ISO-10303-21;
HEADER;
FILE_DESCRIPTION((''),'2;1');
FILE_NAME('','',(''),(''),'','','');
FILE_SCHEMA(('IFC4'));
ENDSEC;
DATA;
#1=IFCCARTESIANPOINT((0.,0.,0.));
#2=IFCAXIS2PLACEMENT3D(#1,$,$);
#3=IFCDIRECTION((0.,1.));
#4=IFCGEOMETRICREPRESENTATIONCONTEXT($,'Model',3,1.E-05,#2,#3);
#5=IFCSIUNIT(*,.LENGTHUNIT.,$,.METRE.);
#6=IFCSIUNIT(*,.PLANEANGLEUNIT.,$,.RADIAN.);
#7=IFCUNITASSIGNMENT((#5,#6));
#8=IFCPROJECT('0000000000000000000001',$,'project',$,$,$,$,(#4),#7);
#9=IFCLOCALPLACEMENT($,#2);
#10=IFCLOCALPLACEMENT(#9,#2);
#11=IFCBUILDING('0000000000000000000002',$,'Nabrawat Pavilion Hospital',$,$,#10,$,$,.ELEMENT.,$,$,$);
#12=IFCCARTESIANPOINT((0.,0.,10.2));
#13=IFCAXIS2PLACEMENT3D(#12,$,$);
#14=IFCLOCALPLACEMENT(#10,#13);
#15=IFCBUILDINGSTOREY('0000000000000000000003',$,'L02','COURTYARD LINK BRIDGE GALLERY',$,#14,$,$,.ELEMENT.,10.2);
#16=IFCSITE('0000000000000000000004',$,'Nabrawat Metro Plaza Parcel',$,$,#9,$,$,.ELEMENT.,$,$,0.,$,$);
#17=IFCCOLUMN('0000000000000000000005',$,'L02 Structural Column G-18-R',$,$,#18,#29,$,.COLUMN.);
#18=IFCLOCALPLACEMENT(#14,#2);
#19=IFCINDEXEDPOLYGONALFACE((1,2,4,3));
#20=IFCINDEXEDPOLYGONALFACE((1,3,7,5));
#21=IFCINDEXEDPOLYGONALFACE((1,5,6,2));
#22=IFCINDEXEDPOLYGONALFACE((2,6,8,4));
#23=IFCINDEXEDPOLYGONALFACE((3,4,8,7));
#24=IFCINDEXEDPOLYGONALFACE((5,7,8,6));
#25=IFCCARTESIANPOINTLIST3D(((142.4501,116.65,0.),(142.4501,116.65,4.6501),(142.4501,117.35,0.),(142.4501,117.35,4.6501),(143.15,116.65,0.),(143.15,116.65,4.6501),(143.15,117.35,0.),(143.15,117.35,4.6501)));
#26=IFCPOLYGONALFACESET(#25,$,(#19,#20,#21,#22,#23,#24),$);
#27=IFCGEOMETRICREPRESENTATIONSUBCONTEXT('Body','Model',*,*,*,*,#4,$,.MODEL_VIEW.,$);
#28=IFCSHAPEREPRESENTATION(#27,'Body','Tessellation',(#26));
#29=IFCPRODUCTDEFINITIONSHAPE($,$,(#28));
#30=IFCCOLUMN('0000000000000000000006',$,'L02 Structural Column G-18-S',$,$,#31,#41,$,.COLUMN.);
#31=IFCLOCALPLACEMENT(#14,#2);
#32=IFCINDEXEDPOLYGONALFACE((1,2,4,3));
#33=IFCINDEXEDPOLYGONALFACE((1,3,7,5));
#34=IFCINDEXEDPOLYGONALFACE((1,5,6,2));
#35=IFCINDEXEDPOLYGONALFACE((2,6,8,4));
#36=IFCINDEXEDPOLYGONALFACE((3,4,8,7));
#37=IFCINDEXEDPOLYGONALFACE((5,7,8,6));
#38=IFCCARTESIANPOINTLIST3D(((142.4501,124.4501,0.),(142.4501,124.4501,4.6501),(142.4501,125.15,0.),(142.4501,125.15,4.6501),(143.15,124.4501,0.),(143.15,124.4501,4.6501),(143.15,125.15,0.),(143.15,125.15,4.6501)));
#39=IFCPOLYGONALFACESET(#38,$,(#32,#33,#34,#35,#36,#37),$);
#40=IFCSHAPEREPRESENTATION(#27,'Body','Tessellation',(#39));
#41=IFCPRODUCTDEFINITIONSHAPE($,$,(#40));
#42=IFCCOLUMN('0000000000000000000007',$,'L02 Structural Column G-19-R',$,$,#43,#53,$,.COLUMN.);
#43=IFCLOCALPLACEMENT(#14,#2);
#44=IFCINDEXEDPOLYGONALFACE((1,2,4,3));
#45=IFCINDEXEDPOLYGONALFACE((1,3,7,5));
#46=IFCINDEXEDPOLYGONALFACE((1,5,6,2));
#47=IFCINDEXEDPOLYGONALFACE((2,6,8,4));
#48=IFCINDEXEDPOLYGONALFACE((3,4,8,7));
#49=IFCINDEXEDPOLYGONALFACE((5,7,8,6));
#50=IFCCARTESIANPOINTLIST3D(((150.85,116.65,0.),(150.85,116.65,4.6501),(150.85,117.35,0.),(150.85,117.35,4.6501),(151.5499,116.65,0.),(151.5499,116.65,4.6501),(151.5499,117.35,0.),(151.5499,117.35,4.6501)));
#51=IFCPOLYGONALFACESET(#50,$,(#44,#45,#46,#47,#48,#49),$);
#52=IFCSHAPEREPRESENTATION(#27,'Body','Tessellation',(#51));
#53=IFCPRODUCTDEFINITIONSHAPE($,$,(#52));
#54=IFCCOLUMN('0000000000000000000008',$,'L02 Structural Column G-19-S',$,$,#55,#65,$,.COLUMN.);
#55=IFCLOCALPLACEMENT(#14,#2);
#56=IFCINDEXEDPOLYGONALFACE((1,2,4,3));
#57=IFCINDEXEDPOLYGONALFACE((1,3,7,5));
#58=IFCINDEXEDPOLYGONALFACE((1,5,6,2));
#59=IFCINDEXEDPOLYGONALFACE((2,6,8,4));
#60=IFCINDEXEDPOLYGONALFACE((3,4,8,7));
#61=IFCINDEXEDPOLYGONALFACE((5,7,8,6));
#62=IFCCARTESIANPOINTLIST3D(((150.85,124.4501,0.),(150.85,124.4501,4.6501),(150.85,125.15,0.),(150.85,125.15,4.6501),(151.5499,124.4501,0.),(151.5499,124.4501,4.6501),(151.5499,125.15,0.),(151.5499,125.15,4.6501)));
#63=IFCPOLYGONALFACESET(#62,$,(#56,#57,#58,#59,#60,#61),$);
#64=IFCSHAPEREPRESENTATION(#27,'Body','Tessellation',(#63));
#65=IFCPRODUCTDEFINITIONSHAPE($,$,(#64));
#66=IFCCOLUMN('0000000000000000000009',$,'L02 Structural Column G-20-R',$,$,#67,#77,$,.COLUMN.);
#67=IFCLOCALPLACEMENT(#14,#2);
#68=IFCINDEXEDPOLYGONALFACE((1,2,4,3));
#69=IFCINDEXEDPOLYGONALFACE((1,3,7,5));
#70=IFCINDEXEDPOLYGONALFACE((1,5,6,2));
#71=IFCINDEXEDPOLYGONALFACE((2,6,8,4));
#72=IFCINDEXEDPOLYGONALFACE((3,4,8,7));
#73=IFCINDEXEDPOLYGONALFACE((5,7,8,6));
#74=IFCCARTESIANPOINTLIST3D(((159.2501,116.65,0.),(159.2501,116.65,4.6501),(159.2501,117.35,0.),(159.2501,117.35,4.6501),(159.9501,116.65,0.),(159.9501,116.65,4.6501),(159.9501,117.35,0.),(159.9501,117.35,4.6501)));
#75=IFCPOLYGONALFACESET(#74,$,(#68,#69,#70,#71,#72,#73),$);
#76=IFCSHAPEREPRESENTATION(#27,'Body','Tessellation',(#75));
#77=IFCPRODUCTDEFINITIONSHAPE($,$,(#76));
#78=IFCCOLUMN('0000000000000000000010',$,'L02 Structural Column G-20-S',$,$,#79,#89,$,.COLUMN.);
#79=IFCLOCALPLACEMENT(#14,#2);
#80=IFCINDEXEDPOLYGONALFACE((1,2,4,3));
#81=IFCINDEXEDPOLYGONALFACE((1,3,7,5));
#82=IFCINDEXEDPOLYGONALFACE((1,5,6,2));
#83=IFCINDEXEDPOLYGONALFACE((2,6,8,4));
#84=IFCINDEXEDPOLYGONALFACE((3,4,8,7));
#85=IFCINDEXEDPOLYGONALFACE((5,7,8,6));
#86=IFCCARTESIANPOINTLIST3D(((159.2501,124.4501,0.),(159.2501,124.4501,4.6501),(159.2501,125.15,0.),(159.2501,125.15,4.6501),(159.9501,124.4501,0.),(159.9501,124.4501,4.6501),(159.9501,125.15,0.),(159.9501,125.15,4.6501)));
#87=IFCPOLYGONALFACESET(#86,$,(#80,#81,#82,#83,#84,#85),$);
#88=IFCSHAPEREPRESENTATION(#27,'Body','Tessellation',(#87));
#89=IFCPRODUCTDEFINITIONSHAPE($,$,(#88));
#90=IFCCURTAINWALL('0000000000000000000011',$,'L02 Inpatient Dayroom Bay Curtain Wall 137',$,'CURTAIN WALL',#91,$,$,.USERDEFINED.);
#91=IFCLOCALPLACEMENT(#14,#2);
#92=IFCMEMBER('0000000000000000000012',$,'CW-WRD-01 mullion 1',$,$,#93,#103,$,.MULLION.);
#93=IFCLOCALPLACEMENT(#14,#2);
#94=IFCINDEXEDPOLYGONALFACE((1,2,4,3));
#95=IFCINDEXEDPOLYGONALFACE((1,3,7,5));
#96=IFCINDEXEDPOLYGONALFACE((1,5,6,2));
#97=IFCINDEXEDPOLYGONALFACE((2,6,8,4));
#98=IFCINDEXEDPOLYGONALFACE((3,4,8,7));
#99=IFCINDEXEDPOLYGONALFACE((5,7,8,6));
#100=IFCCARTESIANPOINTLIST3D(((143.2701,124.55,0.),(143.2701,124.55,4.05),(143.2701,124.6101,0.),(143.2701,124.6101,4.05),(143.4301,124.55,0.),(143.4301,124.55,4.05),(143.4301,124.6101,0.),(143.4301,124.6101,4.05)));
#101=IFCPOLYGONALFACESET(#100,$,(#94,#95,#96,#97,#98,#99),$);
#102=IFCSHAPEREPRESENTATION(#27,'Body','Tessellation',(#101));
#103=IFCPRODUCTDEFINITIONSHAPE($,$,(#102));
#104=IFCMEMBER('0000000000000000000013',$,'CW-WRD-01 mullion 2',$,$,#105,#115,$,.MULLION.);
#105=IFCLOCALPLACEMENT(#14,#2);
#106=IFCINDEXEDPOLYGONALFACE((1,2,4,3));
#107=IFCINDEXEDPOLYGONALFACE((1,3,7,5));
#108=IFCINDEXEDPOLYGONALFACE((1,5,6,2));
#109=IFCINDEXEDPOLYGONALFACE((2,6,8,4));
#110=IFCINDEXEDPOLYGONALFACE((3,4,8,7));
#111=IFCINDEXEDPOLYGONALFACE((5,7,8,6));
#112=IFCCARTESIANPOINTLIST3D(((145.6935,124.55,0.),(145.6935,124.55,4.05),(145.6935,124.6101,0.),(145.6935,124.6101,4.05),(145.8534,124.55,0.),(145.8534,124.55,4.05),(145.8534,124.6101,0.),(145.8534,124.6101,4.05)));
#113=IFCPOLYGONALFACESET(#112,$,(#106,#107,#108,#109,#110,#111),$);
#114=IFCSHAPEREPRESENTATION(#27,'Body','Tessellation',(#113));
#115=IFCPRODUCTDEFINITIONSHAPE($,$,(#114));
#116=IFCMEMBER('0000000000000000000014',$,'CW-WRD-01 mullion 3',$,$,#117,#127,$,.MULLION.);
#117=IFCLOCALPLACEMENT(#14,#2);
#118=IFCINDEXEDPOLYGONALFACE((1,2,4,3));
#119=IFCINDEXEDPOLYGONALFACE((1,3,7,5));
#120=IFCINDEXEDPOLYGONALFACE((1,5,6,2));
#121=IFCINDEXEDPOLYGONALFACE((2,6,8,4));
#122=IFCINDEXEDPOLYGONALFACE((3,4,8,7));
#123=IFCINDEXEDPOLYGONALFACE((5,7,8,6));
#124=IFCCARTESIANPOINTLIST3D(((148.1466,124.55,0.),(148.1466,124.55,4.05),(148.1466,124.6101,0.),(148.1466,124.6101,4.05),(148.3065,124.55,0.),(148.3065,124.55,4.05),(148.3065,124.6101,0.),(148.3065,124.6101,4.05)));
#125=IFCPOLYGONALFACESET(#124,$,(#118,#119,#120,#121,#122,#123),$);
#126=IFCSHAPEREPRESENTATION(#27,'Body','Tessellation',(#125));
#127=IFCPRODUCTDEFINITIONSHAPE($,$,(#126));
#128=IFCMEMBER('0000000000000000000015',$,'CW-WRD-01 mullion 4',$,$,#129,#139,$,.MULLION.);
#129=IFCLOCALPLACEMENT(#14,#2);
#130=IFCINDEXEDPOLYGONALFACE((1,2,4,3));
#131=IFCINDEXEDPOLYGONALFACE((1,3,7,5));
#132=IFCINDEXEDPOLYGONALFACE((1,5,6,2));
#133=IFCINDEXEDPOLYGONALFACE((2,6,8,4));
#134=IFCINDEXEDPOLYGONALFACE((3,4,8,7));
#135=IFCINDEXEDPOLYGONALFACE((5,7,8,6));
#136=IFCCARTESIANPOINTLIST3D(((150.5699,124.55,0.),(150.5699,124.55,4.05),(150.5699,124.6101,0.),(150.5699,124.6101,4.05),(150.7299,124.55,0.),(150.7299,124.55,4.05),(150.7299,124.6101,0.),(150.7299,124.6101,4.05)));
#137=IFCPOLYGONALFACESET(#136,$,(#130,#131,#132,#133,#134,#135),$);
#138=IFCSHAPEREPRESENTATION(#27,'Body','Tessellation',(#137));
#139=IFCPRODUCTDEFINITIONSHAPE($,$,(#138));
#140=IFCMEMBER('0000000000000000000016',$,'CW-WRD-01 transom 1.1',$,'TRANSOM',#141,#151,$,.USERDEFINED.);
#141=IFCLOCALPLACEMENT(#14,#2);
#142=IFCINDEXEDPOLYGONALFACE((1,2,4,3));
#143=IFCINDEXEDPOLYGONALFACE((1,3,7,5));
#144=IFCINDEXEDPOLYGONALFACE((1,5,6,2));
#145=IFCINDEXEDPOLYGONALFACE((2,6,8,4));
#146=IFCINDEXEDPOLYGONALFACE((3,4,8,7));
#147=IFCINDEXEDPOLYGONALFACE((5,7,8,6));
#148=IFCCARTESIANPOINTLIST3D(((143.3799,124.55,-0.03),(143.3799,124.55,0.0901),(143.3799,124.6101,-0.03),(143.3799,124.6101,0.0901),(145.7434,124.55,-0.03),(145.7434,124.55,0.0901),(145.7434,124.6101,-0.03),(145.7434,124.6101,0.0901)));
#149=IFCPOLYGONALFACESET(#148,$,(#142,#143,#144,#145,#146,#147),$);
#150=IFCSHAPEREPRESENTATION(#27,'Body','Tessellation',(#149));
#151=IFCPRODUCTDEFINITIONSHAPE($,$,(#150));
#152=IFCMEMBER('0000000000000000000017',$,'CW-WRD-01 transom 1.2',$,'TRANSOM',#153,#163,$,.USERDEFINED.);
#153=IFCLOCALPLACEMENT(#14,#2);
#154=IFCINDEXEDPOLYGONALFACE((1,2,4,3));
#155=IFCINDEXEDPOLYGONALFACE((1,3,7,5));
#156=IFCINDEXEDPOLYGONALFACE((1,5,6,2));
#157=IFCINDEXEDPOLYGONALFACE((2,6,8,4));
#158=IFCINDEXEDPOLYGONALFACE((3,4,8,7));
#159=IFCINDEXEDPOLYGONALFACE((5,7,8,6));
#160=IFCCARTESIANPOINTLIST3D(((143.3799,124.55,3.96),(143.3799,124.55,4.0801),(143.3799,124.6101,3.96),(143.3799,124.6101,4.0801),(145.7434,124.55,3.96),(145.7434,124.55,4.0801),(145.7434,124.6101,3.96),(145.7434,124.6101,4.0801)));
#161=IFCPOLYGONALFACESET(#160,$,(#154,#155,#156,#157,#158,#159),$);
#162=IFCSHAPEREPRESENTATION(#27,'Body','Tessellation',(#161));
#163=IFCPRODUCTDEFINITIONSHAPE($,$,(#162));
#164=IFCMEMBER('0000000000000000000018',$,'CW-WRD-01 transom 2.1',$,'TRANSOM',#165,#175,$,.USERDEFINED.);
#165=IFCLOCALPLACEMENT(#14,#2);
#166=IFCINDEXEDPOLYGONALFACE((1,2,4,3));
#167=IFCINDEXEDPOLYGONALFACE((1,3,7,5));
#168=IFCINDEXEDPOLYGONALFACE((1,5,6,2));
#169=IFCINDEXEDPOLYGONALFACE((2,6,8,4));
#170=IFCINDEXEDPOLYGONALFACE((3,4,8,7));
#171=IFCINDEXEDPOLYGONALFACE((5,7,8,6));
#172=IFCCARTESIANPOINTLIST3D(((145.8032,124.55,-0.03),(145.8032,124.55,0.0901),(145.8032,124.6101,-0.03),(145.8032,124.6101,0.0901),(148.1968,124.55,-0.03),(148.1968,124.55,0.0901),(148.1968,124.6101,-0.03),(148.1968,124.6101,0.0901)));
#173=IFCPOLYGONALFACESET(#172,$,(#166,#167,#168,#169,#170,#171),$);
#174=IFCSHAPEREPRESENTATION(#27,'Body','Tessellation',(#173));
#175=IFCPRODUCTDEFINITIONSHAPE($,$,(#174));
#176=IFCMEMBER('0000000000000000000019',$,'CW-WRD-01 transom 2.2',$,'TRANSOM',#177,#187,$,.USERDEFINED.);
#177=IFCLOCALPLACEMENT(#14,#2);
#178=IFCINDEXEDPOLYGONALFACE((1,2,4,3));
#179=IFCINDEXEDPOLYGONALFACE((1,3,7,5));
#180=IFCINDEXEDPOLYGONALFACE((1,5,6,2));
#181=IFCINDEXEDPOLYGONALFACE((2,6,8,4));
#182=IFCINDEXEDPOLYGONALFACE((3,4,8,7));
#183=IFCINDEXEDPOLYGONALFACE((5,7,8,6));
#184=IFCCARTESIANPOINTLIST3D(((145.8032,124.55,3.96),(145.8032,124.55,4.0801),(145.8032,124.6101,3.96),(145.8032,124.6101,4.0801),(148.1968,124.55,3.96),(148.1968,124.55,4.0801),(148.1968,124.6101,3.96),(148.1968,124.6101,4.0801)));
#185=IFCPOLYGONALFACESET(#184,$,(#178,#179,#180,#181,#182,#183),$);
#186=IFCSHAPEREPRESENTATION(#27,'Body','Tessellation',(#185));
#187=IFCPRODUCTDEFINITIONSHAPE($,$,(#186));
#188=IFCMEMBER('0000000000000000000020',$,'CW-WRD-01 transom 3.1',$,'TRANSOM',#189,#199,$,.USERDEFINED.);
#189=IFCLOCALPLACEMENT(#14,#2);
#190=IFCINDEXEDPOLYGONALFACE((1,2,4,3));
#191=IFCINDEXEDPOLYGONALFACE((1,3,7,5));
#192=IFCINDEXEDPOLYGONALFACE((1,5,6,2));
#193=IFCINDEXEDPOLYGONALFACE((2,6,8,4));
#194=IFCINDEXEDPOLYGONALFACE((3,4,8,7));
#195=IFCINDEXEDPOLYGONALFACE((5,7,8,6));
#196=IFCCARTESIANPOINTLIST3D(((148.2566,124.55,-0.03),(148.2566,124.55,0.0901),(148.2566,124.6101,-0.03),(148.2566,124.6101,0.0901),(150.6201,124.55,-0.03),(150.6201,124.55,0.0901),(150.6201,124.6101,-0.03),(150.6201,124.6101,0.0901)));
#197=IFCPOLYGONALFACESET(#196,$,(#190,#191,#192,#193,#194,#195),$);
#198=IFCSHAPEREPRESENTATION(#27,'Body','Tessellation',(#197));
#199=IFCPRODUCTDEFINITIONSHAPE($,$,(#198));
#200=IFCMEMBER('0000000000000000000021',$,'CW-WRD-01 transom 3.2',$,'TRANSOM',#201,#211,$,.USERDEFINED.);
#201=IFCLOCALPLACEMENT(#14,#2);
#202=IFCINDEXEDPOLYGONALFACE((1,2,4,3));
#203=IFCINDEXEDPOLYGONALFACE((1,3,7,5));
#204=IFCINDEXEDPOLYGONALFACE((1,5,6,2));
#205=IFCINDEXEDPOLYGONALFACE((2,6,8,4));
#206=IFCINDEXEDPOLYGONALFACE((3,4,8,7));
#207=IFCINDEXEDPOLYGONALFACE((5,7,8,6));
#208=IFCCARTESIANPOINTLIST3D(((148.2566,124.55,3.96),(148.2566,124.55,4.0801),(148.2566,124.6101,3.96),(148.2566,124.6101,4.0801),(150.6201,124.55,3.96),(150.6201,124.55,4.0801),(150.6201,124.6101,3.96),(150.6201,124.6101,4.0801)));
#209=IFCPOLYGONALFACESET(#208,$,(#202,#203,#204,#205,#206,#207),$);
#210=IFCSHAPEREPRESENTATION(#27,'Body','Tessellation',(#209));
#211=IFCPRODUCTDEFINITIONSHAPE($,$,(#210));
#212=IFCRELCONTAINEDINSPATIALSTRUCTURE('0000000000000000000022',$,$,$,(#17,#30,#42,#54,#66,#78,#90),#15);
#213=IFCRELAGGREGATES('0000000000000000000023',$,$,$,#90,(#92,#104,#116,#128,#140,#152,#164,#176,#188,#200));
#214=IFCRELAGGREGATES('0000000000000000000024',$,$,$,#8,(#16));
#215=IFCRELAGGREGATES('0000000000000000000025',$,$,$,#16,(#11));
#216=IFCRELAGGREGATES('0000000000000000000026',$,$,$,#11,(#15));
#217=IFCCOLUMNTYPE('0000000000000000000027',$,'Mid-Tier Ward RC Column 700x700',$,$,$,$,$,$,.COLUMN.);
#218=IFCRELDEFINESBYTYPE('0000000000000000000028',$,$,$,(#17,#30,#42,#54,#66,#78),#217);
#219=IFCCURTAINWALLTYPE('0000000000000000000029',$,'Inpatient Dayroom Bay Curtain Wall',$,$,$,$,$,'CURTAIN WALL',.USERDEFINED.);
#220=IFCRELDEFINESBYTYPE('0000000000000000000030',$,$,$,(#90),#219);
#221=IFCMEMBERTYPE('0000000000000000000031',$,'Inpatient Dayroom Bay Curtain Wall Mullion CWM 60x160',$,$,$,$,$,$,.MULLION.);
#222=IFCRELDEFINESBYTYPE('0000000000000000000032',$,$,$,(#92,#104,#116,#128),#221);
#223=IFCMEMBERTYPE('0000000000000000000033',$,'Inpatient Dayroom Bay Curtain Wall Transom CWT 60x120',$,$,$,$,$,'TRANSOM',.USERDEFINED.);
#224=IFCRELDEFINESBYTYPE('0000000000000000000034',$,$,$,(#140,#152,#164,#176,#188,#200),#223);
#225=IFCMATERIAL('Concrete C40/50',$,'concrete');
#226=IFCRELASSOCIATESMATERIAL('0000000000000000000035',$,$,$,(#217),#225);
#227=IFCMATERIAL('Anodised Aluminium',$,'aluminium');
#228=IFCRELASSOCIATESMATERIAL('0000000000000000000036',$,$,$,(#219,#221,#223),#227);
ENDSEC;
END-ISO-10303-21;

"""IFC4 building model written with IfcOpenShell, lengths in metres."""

from ifc_helpers import new_model, si_unit, direction, frame, origin, origin_2d, place, context, subcontext, project, spatial, rectangle, extrude, material, material_profile, profile_set, type_object, element, aggregate, save


model = new_model("IFC4")

# Units and contexts
model_context = context("Model", 3, precision=1e-05, world=origin(), true_north=direction((0.0, 1.0)))
body_context = subcontext(model_context, "Body", "Model", "MODEL_VIEW")
ifc_project = project(units=[si_unit("LENGTHUNIT", "METRE"), si_unit("PLANEANGLEUNIT", "RADIAN")], contexts=[model_context])

# Site, building, storey
site_placement = place(None, origin())
site = spatial("IfcSite", under=ifc_project, at=site_placement, Name="Nabrawat Metro Plaza Parcel", CompositionType="ELEMENT", RefElevation=0.0)
building_placement = place(site_placement, origin())
building = spatial("IfcBuilding", under=site, at=building_placement, Name="Nabrawat Pavilion Hospital", CompositionType="ELEMENT")
storey_placement = place(building_placement, frame((0.0, 0.0, 10.2)))
storey = spatial("IfcBuildingStorey", under=building, at=storey_placement, Name="L02", Description="COURTYARD LINK BRIDGE GALLERY", CompositionType="ELEMENT", Elevation=10.2)

# Columns
ifc_material_1 = material(Name="Concrete C40/50", Category="concrete")
ifc_material_profile_1 = material_profile(ifc_material_1, rectangle(XDim=0.7, YDim=0.7, at=origin_2d()), Name="RC 700x700")
ifc_profile_set_1 = profile_set([ifc_material_profile_1], Name="Concrete C40/50")
column_type = type_object("IfcColumnType", Name="Mid-Tier Ward RC Column 700x700", PredefinedType="COLUMN", material=ifc_profile_set_1)
for number, where, z_axis, x_axis, name in (
    (1, (142.8, 117.0, 0.0), (0.0, 0.0, 1.0), (1.0, 0.0, 0.0), "L02 Structural Column G-18-R"),
    (2, (142.8, 124.8, 0.0), (0.0, 0.0, 1.0), (1.0, 0.0, 0.0), "L02 Structural Column G-18-S"),
    (3, (151.2, 117.0, 0.0), (0.0, 0.0, 1.0), (1.0, 0.0, 0.0), "L02 Structural Column G-19-R"),
    (4, (151.2, 124.8, 0.0), (0.0, 0.0, 1.0), (1.0, 0.0, 0.0), "L02 Structural Column G-19-S"),
    (5, (159.6001, 117.0, 0.0), (0.0, 0.0, 1.0), (1.0, 0.0, 0.0), "L02 Structural Column G-20-R"),
    (6, (159.6001, 124.8, 0.0), (0.0, 0.0, 1.0), (1.0, 0.0, 0.0), "L02 Structural Column G-20-S"),
):
    element("IfcColumn", number, at=place(storey_placement, frame(where, z_axis=z_axis, x_axis=x_axis)), inside=storey, type_object=column_type, Name=name, PredefinedType="COLUMN", context=body_context, shape_type="SweptSolid", body=[
        extrude(rectangle(XDim=0.7, YDim=0.7, at=origin_2d()), origin(), (0.0, 0.0, 1.0), 4.6501),
    ])

# Curtain wall, members
ifc_material_2 = material(Name="Anodised Aluminium", Category="aluminium")
curtain_wall_type = type_object("IfcCurtainWallType", Name="Inpatient Dayroom Bay Curtain Wall", ElementType="CURTAIN WALL", PredefinedType="USERDEFINED", material=ifc_material_2)
curtain_wall_placement = place(storey_placement, origin())
curtain_wall = element("IfcCurtainWall", 7, at=curtain_wall_placement, inside=storey, type_object=curtain_wall_type, Name="L02 Inpatient Dayroom Bay Curtain Wall 137", ObjectType="CURTAIN WALL", PredefinedType="USERDEFINED")
ifc_material_profile_2 = material_profile(ifc_material_2, rectangle(XDim=0.0601, YDim=0.1599, at=origin_2d()), Name="CWM 60x160")
ifc_profile_set_2 = profile_set([ifc_material_profile_2], Name="Anodised Aluminium")
member_type_1 = type_object("IfcMemberType", Name="Inpatient Dayroom Bay Curtain Wall Mullion CWM 60x160", PredefinedType="MULLION", material=ifc_profile_set_2)
member_1_placement = place(storey_placement, frame((143.3501, 124.5801, 0.0), z_axis=(0.0, 0.0, 1.0), x_axis=(0.0, 1.0, 0.0)))
member_1 = element("IfcMember", 8, at=member_1_placement, type_object=member_type_1, Name="CW-WRD-01 mullion 1", PredefinedType="MULLION", context=body_context, shape_type="SweptSolid", body=[
    extrude(rectangle(XDim=0.0601, YDim=0.1599, at=origin_2d()), origin(), (0.0, 0.0, 1.0), 4.05),
])
member_2_placement = place(storey_placement, frame((145.7734, 124.5801, 0.0), z_axis=(0.0, 0.0, 1.0), x_axis=(0.0, 1.0, 0.0)))
member_2 = element("IfcMember", 9, at=member_2_placement, type_object=member_type_1, Name="CW-WRD-01 mullion 2", PredefinedType="MULLION", context=body_context, shape_type="SweptSolid", body=[
    extrude(rectangle(XDim=0.0601, YDim=0.1599, at=origin_2d()), origin(), (0.0, 0.0, 1.0), 4.05),
])
member_3_placement = place(storey_placement, frame((148.2266, 124.5801, 0.0), z_axis=(0.0, 0.0, 1.0), x_axis=(0.0, 1.0, 0.0)))
member_3 = element("IfcMember", 10, at=member_3_placement, type_object=member_type_1, Name="CW-WRD-01 mullion 3", PredefinedType="MULLION", context=body_context, shape_type="SweptSolid", body=[
    extrude(rectangle(XDim=0.0601, YDim=0.1599, at=origin_2d()), origin(), (0.0, 0.0, 1.0), 4.05),
])
member_4_placement = place(storey_placement, frame((150.6499, 124.5801, 0.0), z_axis=(0.0, 0.0, 1.0), x_axis=(0.0, 1.0, 0.0)))
member_4 = element("IfcMember", 11, at=member_4_placement, type_object=member_type_1, Name="CW-WRD-01 mullion 4", PredefinedType="MULLION", context=body_context, shape_type="SweptSolid", body=[
    extrude(rectangle(XDim=0.0601, YDim=0.1599, at=origin_2d()), origin(), (0.0, 0.0, 1.0), 4.05),
])
ifc_material_profile_3 = material_profile(ifc_material_2, rectangle(XDim=0.0601, YDim=0.1201, at=origin_2d()), Name="CWT 60x120")
ifc_profile_set_3 = profile_set([ifc_material_profile_3], Name="Anodised Aluminium")
member_type_2 = type_object("IfcMemberType", Name="Inpatient Dayroom Bay Curtain Wall Transom CWT 60x120", ElementType="TRANSOM", PredefinedType="USERDEFINED", material=ifc_profile_set_3)
member_5_placement = place(storey_placement, frame((143.3799, 124.5801, 0.03), z_axis=(1.0, 0.0, 0.0), x_axis=(0.0, 1.0, 0.0)))
member_5 = element("IfcMember", 12, at=member_5_placement, type_object=member_type_2, Name="CW-WRD-01 transom 1.1", ObjectType="TRANSOM", PredefinedType="USERDEFINED", context=body_context, shape_type="SweptSolid", body=[
    extrude(rectangle(XDim=0.0601, YDim=0.1201, at=origin_2d()), origin(), (0.0, 0.0, 1.0), 2.3635),
])
member_6_placement = place(storey_placement, frame((143.3799, 124.5801, 4.02), z_axis=(1.0, 0.0, 0.0), x_axis=(0.0, 1.0, 0.0)))
member_6 = element("IfcMember", 13, at=member_6_placement, type_object=member_type_2, Name="CW-WRD-01 transom 1.2", ObjectType="TRANSOM", PredefinedType="USERDEFINED", context=body_context, shape_type="SweptSolid", body=[
    extrude(rectangle(XDim=0.0601, YDim=0.1201, at=origin_2d()), origin(), (0.0, 0.0, 1.0), 2.3635),
])
member_7_placement = place(storey_placement, frame((145.8032, 124.5801, 0.03), z_axis=(1.0, 0.0, 0.0), x_axis=(0.0, 1.0, 0.0)))
member_7 = element("IfcMember", 14, at=member_7_placement, type_object=member_type_2, Name="CW-WRD-01 transom 2.1", ObjectType="TRANSOM", PredefinedType="USERDEFINED", context=body_context, shape_type="SweptSolid", body=[
    extrude(rectangle(XDim=0.0601, YDim=0.1201, at=origin_2d()), origin(), (0.0, 0.0, 1.0), 2.3936),
])
member_8_placement = place(storey_placement, frame((145.8032, 124.5801, 4.02), z_axis=(1.0, 0.0, 0.0), x_axis=(0.0, 1.0, 0.0)))
member_8 = element("IfcMember", 15, at=member_8_placement, type_object=member_type_2, Name="CW-WRD-01 transom 2.2", ObjectType="TRANSOM", PredefinedType="USERDEFINED", context=body_context, shape_type="SweptSolid", body=[
    extrude(rectangle(XDim=0.0601, YDim=0.1201, at=origin_2d()), origin(), (0.0, 0.0, 1.0), 2.3936),
])
member_9_placement = place(storey_placement, frame((148.2566, 124.5801, 0.03), z_axis=(1.0, 0.0, 0.0), x_axis=(0.0, 1.0, 0.0)))
member_9 = element("IfcMember", 16, at=member_9_placement, type_object=member_type_2, Name="CW-WRD-01 transom 3.1", ObjectType="TRANSOM", PredefinedType="USERDEFINED", context=body_context, shape_type="SweptSolid", body=[
    extrude(rectangle(XDim=0.0601, YDim=0.1201, at=origin_2d()), origin(), (0.0, 0.0, 1.0), 2.3635),
])
member_10_placement = place(storey_placement, frame((148.2566, 124.5801, 4.02), z_axis=(1.0, 0.0, 0.0), x_axis=(0.0, 1.0, 0.0)))
member_10 = element("IfcMember", 17, at=member_10_placement, type_object=member_type_2, Name="CW-WRD-01 transom 3.2", ObjectType="TRANSOM", PredefinedType="USERDEFINED", context=body_context, shape_type="SweptSolid", body=[
    extrude(rectangle(XDim=0.0601, YDim=0.1201, at=origin_2d()), origin(), (0.0, 0.0, 1.0), 2.3635),
])

aggregate(curtain_wall, [member_1, member_2, member_3, member_4, member_5, member_6, member_7, member_8, member_9, member_10])

save(model, "model.ifc")
